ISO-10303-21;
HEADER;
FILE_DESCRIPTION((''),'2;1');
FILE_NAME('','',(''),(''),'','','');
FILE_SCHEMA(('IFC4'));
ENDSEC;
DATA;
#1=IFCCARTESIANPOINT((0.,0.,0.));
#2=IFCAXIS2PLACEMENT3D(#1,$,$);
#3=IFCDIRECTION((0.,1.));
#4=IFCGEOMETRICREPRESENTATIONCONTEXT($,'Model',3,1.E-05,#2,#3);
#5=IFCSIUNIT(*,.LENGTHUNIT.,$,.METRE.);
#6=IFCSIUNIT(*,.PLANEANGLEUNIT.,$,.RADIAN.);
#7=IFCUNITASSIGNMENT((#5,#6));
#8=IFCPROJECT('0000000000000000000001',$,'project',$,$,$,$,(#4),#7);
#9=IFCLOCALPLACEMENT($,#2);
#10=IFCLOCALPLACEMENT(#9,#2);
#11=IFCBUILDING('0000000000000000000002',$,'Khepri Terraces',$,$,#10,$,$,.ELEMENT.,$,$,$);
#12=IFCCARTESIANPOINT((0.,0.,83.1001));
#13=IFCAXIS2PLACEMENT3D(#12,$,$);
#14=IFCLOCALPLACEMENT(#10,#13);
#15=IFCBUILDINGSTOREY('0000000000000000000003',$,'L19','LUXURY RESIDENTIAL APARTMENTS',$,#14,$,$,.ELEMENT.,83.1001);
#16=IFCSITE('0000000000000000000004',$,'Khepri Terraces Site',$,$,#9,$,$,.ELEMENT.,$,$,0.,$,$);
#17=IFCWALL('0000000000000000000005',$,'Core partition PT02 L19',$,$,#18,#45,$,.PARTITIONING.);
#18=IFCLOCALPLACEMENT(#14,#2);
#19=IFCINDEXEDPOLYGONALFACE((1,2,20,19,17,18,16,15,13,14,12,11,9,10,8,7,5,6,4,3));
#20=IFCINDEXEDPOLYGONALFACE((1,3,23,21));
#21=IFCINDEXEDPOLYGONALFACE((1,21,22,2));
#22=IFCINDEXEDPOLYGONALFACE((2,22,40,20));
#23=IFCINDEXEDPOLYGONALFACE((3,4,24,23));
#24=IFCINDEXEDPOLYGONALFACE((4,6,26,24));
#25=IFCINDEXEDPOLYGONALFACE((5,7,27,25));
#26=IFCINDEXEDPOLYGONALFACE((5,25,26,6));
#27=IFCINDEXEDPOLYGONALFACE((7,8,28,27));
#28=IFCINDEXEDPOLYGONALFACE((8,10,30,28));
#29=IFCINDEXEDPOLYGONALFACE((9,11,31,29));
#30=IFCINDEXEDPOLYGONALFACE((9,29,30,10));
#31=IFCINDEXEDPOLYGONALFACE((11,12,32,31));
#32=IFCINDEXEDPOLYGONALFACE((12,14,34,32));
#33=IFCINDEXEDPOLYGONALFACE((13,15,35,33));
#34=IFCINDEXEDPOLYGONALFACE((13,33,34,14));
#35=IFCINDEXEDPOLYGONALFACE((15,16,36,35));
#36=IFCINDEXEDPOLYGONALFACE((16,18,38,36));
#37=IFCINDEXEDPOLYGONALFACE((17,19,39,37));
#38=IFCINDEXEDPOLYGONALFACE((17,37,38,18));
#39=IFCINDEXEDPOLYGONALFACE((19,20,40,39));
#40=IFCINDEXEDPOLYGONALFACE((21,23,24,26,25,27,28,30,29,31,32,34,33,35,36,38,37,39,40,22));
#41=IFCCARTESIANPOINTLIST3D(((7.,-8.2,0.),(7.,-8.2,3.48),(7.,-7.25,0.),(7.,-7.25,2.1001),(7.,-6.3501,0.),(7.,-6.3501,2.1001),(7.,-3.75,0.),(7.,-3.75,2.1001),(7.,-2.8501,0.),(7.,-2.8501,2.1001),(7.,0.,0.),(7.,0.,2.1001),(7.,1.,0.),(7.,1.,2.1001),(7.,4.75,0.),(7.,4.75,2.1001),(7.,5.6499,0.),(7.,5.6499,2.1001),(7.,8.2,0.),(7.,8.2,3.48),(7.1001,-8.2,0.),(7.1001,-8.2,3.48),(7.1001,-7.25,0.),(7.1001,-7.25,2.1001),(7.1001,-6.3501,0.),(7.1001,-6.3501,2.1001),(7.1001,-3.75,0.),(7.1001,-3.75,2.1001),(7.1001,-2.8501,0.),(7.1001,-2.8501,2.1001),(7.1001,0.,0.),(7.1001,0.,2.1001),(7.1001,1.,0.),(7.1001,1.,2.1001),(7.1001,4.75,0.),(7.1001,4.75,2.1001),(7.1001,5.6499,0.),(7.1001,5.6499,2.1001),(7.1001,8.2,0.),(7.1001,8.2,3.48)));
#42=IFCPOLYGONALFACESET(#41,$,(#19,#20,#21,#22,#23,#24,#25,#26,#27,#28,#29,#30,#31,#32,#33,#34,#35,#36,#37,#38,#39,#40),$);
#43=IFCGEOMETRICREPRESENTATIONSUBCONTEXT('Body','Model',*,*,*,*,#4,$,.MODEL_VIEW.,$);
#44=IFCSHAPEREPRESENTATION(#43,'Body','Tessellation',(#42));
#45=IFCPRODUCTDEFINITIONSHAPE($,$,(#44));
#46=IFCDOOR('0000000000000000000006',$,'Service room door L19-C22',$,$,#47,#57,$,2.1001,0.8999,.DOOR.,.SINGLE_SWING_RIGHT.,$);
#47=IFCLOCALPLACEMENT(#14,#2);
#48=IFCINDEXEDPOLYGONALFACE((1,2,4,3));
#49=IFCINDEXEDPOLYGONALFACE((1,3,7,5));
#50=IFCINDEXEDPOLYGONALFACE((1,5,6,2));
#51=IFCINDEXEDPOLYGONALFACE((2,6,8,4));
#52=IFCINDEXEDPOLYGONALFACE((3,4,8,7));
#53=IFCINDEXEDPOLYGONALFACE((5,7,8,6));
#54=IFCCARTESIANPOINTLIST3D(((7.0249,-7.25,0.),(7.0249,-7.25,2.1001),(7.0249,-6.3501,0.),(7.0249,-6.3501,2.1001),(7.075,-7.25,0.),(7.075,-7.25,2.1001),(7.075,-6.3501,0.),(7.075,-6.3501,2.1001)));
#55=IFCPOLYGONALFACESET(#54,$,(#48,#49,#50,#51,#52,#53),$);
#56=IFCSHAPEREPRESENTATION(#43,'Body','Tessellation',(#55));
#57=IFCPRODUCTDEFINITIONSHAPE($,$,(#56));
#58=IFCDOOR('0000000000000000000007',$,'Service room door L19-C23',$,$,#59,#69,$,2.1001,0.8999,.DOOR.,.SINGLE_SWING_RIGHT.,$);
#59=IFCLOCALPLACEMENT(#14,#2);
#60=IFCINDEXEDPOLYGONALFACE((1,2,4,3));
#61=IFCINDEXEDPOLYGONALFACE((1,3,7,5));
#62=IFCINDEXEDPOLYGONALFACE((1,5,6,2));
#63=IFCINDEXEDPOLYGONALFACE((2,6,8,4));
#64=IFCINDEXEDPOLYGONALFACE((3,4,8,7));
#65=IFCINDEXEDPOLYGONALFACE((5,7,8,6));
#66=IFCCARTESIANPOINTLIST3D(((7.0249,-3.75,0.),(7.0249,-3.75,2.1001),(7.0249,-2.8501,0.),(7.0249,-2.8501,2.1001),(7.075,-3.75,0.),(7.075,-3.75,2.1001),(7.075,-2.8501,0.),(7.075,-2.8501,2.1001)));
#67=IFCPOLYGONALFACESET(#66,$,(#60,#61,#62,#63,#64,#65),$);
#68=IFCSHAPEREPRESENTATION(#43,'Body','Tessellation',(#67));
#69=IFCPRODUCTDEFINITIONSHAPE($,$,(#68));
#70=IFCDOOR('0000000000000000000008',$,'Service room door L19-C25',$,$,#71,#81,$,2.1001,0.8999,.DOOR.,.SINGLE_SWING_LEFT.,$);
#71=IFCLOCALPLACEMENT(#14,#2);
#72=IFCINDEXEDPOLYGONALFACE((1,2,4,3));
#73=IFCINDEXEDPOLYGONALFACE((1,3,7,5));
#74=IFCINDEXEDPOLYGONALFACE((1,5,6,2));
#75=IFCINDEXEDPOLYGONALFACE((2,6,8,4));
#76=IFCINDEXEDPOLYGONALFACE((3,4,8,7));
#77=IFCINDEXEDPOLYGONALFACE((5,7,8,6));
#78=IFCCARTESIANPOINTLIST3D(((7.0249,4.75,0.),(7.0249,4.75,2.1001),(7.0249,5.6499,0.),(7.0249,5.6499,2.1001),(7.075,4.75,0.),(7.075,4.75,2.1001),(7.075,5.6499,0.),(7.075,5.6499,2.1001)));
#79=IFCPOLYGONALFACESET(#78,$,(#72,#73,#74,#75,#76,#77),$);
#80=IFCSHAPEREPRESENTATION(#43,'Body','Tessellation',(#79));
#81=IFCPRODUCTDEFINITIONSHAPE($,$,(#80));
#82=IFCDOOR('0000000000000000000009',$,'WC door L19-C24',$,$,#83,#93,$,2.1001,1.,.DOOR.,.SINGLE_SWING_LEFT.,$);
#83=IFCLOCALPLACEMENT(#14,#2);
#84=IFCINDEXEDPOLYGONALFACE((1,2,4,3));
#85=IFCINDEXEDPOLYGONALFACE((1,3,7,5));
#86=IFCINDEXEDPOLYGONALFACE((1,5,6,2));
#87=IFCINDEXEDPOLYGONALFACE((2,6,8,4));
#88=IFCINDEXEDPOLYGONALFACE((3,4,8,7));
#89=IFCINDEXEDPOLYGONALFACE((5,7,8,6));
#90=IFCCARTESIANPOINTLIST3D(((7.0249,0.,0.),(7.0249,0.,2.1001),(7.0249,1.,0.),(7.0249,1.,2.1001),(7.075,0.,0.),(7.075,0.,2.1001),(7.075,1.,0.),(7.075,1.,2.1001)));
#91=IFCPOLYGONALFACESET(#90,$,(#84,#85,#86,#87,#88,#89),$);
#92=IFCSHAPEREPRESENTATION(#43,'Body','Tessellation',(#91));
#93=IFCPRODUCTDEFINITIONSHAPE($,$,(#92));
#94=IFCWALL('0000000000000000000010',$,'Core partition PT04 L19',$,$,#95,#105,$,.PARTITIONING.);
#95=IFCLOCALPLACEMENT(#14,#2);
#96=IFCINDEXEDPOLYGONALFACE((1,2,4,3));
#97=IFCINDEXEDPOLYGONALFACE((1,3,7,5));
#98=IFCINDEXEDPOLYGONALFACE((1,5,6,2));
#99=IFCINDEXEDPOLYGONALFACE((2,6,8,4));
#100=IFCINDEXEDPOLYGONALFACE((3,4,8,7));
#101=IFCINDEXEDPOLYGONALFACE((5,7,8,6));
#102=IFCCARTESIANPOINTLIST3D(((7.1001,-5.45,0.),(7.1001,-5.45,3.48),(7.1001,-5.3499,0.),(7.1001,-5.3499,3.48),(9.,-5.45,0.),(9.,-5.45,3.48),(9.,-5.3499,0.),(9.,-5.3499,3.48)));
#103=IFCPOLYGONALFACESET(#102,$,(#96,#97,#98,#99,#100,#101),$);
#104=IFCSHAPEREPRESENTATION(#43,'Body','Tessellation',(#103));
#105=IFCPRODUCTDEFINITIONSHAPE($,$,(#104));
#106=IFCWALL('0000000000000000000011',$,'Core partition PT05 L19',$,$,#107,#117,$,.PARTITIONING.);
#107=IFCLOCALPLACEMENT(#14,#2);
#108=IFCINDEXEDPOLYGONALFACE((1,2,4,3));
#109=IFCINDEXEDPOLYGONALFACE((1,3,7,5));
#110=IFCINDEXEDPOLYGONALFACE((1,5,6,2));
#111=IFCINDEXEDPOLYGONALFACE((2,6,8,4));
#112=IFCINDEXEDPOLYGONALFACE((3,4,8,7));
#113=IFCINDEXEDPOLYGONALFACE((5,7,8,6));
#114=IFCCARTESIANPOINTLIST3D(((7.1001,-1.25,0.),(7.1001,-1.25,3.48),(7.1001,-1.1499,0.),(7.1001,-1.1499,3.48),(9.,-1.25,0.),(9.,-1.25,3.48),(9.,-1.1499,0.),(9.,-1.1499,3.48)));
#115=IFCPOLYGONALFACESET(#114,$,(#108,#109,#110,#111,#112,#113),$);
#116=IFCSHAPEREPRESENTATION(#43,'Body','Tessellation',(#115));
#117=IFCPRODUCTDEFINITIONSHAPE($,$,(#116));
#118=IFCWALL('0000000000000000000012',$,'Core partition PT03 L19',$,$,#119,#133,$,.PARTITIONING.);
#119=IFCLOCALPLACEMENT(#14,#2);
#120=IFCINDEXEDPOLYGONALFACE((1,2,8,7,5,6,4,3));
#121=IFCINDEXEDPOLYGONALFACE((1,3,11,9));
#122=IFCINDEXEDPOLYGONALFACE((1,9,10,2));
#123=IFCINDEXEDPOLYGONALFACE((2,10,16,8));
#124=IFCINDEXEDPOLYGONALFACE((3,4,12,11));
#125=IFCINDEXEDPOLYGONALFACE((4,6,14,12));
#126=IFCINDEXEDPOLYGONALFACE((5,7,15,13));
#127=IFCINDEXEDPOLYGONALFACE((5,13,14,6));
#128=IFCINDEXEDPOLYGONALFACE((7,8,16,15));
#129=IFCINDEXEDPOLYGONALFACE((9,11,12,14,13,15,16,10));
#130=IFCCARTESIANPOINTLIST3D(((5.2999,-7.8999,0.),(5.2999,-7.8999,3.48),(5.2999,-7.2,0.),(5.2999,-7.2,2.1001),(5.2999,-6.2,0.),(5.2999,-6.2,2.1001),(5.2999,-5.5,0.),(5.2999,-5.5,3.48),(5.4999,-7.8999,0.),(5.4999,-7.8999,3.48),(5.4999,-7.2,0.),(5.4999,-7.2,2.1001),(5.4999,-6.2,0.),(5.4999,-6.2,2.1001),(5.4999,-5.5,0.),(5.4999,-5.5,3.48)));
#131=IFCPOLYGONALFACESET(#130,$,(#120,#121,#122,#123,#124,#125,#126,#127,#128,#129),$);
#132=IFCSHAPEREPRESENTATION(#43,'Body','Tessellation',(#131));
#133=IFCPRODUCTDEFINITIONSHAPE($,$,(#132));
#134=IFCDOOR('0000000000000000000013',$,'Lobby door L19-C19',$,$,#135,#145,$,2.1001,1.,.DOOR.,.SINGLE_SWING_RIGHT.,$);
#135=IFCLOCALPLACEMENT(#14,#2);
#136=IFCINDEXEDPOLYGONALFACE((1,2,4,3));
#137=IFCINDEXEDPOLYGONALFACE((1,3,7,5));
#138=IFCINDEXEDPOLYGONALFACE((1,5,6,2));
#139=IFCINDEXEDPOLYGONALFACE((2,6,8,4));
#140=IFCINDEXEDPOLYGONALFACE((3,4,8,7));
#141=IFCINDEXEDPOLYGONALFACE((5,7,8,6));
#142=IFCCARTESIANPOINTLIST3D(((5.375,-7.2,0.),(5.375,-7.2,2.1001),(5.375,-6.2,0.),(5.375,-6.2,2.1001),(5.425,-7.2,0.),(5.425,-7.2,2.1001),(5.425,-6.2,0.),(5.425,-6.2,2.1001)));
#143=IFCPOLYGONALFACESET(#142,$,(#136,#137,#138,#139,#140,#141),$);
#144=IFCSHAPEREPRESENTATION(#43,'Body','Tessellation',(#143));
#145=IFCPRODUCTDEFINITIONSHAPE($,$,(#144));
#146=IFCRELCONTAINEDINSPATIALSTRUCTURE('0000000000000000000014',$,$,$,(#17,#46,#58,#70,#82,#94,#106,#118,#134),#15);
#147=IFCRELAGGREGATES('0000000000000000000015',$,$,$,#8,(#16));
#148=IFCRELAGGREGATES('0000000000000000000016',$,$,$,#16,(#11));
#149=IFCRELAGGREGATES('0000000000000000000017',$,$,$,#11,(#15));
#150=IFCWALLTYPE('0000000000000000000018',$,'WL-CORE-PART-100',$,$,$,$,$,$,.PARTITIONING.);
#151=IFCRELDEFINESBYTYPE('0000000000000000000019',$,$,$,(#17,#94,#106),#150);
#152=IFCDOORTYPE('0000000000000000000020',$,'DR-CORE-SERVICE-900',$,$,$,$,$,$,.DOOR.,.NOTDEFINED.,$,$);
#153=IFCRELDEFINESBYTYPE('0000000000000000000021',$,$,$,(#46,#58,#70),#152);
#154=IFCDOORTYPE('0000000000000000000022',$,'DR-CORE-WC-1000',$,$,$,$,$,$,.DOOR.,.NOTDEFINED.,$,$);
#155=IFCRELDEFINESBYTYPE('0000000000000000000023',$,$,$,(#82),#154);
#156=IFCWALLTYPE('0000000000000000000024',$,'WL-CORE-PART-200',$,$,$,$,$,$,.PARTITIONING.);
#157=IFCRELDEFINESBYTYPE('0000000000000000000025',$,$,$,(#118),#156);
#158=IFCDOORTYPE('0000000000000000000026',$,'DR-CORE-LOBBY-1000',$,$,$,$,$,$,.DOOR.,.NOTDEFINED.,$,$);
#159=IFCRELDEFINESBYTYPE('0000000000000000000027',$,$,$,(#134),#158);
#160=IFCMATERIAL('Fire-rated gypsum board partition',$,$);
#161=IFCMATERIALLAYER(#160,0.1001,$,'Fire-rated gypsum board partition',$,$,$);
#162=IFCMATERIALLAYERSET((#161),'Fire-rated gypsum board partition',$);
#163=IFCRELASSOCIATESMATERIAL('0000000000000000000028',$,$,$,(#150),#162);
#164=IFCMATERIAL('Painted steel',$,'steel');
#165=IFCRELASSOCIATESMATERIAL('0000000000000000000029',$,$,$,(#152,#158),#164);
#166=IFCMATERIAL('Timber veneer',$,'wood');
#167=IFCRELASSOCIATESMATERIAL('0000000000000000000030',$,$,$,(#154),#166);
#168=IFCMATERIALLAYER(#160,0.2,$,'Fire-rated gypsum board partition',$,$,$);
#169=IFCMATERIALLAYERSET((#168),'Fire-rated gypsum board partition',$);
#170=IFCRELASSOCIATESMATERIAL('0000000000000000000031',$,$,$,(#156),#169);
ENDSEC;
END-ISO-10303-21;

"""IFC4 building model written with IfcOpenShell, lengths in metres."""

from ifc_helpers import new_model, si_unit, direction, frame, frame_2d, origin, place, context, subcontext, project, spatial, rectangle, extrude, material, layer, layer_set, type_object, element, fill, save


model = new_model("IFC4")

# Units and contexts
model_context = context("Model", 3, precision=1e-05, world=origin(), true_north=direction((0.0, 1.0)))
body_context = subcontext(model_context, "Body", "Model", "MODEL_VIEW")
ifc_project = project(units=[si_unit("LENGTHUNIT", "METRE"), si_unit("PLANEANGLEUNIT", "RADIAN")], contexts=[model_context])

# Site, building, storey
site_placement = place(None, origin())
site = spatial("IfcSite", under=ifc_project, at=site_placement, Name="Khepri Terraces Site", CompositionType="ELEMENT", RefElevation=0.0)
building_placement = place(site_placement, origin())
building = spatial("IfcBuilding", under=site, at=building_placement, Name="Khepri Terraces", CompositionType="ELEMENT")
storey_placement = place(building_placement, frame((0.0, 0.0, 83.1001)))
storey = spatial("IfcBuildingStorey", under=building, at=storey_placement, Name="L19", Description="LUXURY RESIDENTIAL APARTMENTS", CompositionType="ELEMENT", Elevation=83.1001)

# Shared definitions
ifc_material_1 = material(Name="Painted steel", Category="steel")

# Wall, openings, doors
ifc_material_2 = material(Name="Fire-rated gypsum board partition")
ifc_layer_1 = layer(ifc_material_2, 0.1001, Name="Fire-rated gypsum board partition")
ifc_layer_set_1 = layer_set([ifc_layer_1], Name="Fire-rated gypsum board partition")
wall_type_1 = type_object("IfcWallType", Name="WL-CORE-PART-100", PredefinedType="PARTITIONING", material=ifc_layer_set_1)
wall_1_placement = place(storey_placement, frame((7.05, -8.2, 0.0), z_axis=(0.0, 0.0, 1.0), x_axis=(0.0, 1.0, 0.0)))
wall_1 = element("IfcWall", 1, at=wall_1_placement, inside=storey, type_object=wall_type_1, Name="Core partition PT02 L19", PredefinedType="PARTITIONING", context=body_context, shape_type="SweptSolid", body=[
    extrude(rectangle(XDim=16.3999, YDim=0.1001, at=frame_2d((8.2, 0.0))), origin(), (0.0, 0.0, 1.0), 3.48),
])
opening_1_placement = place(wall_1_placement, frame((0.95, 0.0, 0.0)))
opening_1 = element("IfcOpeningElement", 2, at=opening_1_placement, cuts=wall_1, PredefinedType="OPENING", context=body_context, shape_type="SweptSolid", body=[
    extrude(rectangle(XDim=0.8999, YDim=2.1001, at=frame_2d((0.45, 1.05))), frame((0.0, 0.0601, 0.0), z_axis=(0.0, -1.0, 0.0), x_axis=(1.0, 0.0, 0.0)), (0.0, 0.0, 1.0), 0.1201),
])
opening_2_placement = place(wall_1_placement, frame((4.45, 0.0, 0.0)))
opening_2 = element("IfcOpeningElement", 3, at=opening_2_placement, cuts=wall_1, PredefinedType="OPENING", context=body_context, shape_type="SweptSolid", body=[
    extrude(rectangle(XDim=0.8999, YDim=2.1001, at=frame_2d((0.45, 1.05))), frame((0.0, 0.0601, 0.0), z_axis=(0.0, -1.0, 0.0), x_axis=(1.0, 0.0, 0.0)), (0.0, 0.0, 1.0), 0.1201),
])
opening_3_placement = place(wall_1_placement, frame((8.2, 0.0, 0.0)))
opening_3 = element("IfcOpeningElement", 4, at=opening_3_placement, cuts=wall_1, PredefinedType="OPENING", context=body_context, shape_type="SweptSolid", body=[
    extrude(rectangle(XDim=1.0, YDim=2.1001, at=frame_2d((0.5, 1.05))), frame((0.0, 0.0601, 0.0), z_axis=(0.0, -1.0, 0.0), x_axis=(1.0, 0.0, 0.0)), (0.0, 0.0, 1.0), 0.1201),
])
opening_4_placement = place(wall_1_placement, frame((12.95, 0.0, 0.0)))
opening_4 = element("IfcOpeningElement", 5, at=opening_4_placement, cuts=wall_1, PredefinedType="OPENING", context=body_context, shape_type="SweptSolid", body=[
    extrude(rectangle(XDim=0.8999, YDim=2.1001, at=frame_2d((0.45, 1.05))), frame((0.0, 0.0601, 0.0), z_axis=(0.0, -1.0, 0.0), x_axis=(1.0, 0.0, 0.0)), (0.0, 0.0, 1.0), 0.1201),
])
door_type_1 = type_object("IfcDoorType", Name="DR-CORE-SERVICE-900", OperationType="NOTDEFINED", PredefinedType="DOOR", material=ifc_material_1)
door_1_placement = place(opening_1_placement, frame((0.8999, 0.0, 0.0), z_axis=(0.0, 0.0, 1.0), x_axis=(-1.0, 0.0, 0.0)))
door_1 = element("IfcDoor", 6, at=door_1_placement, inside=storey, type_object=door_type_1, Name="Service room door L19-C22", OperationType="SINGLE_SWING_RIGHT", OverallHeight=2.1001, OverallWidth=0.8999, PredefinedType="DOOR", context=body_context, shape_type="SweptSolid", body=[
    extrude(rectangle(XDim=0.8999, YDim=2.1001, at=frame_2d((0.45, 1.05))), frame((0.0, 0.0249, 0.0), z_axis=(0.0, -1.0, 0.0), x_axis=(1.0, 0.0, 0.0)), (0.0, 0.0, 1.0), 0.05),
])
fill(opening_1, door_1)
door_2_placement = place(opening_2_placement, frame((0.8999, 0.0, 0.0), z_axis=(0.0, 0.0, 1.0), x_axis=(-1.0, 0.0, 0.0)))
door_2 = element("IfcDoor", 7, at=door_2_placement, inside=storey, type_object=door_type_1, Name="Service room door L19-C23", OperationType="SINGLE_SWING_RIGHT", OverallHeight=2.1001, OverallWidth=0.8999, PredefinedType="DOOR", context=body_context, shape_type="SweptSolid", body=[
    extrude(rectangle(XDim=0.8999, YDim=2.1001, at=frame_2d((0.45, 1.05))), frame((0.0, 0.0249, 0.0), z_axis=(0.0, -1.0, 0.0), x_axis=(1.0, 0.0, 0.0)), (0.0, 0.0, 1.0), 0.05),
])
fill(opening_2, door_2)
door_3_placement = place(opening_4_placement, frame((0.8999, 0.0, 0.0), z_axis=(0.0, 0.0, 1.0), x_axis=(-1.0, 0.0, 0.0)))
door_3 = element("IfcDoor", 8, at=door_3_placement, inside=storey, type_object=door_type_1, Name="Service room door L19-C25", OperationType="SINGLE_SWING_LEFT", OverallHeight=2.1001, OverallWidth=0.8999, PredefinedType="DOOR", context=body_context, shape_type="SweptSolid", body=[
    extrude(rectangle(XDim=0.8999, YDim=2.1001, at=frame_2d((0.45, 1.05))), frame((0.0, 0.0249, 0.0), z_axis=(0.0, -1.0, 0.0), x_axis=(1.0, 0.0, 0.0)), (0.0, 0.0, 1.0), 0.05),
])
fill(opening_4, door_3)
ifc_material_3 = material(Name="Timber veneer", Category="wood")
door_type_2 = type_object("IfcDoorType", Name="DR-CORE-WC-1000", OperationType="NOTDEFINED", PredefinedType="DOOR", material=ifc_material_3)
door_4_placement = place(opening_3_placement, frame((1.0, 0.0, 0.0), z_axis=(0.0, 0.0, 1.0), x_axis=(-1.0, 0.0, 0.0)))
door_4 = element("IfcDoor", 9, at=door_4_placement, inside=storey, type_object=door_type_2, Name="WC door L19-C24", OperationType="SINGLE_SWING_LEFT", OverallHeight=2.1001, OverallWidth=1.0, PredefinedType="DOOR", context=body_context, shape_type="SweptSolid", body=[
    extrude(rectangle(XDim=1.0, YDim=2.1001, at=frame_2d((0.5, 1.05))), frame((0.0, 0.0249, 0.0), z_axis=(0.0, -1.0, 0.0), x_axis=(1.0, 0.0, 0.0)), (0.0, 0.0, 1.0), 0.05),
])
fill(opening_3, door_4)

# Walls
for number, where, z_axis, x_axis, name in (
    (10, (7.1001, -5.3999, 0.0), (0.0, 0.0, 1.0), (1.0, 0.0, 0.0), "Core partition PT04 L19"),
    (11, (7.1001, -1.2, 0.0), (0.0, 0.0, 1.0), (1.0, 0.0, 0.0), "Core partition PT05 L19"),
):
    element("IfcWall", number, at=place(storey_placement, frame(where, z_axis=z_axis, x_axis=x_axis)), inside=storey, type_object=wall_type_1, Name=name, PredefinedType="PARTITIONING", context=body_context, shape_type="SweptSolid", body=[
        extrude(rectangle(XDim=1.8999, YDim=0.1001, at=frame_2d((0.95, 0.0))), origin(), (0.0, 0.0, 1.0), 3.48),
    ])

# Wall, opening, door
ifc_layer_2 = layer(ifc_material_2, 0.2, Name="Fire-rated gypsum board partition")
ifc_layer_set_2 = layer_set([ifc_layer_2], Name="Fire-rated gypsum board partition")
wall_type_2 = type_object("IfcWallType", Name="WL-CORE-PART-200", PredefinedType="PARTITIONING", material=ifc_layer_set_2)
wall_2_placement = place(storey_placement, frame((5.3999, -7.8999, 0.0), z_axis=(0.0, 0.0, 1.0), x_axis=(0.0, 1.0, 0.0)))
wall_2 = element("IfcWall", 12, at=wall_2_placement, inside=storey, type_object=wall_type_2, Name="Core partition PT03 L19", PredefinedType="PARTITIONING", context=body_context, shape_type="SweptSolid", body=[
    extrude(rectangle(XDim=2.3999, YDim=0.2, at=frame_2d((1.2, 0.0))), origin(), (0.0, 0.0, 1.0), 3.48),
])
opening_5_placement = place(wall_2_placement, frame((0.7, 0.0, 0.0)))
opening_5 = element("IfcOpeningElement", 13, at=opening_5_placement, cuts=wall_2, PredefinedType="OPENING", context=body_context, shape_type="SweptSolid", body=[
    extrude(rectangle(XDim=1.0, YDim=2.1001, at=frame_2d((0.5, 1.05))), frame((0.0, 0.1099, 0.0), z_axis=(0.0, -1.0, 0.0), x_axis=(1.0, 0.0, 0.0)), (0.0, 0.0, 1.0), 0.22),
])
door_type_3 = type_object("IfcDoorType", Name="DR-CORE-LOBBY-1000", OperationType="NOTDEFINED", PredefinedType="DOOR", material=ifc_material_1)
door_5_placement = place(opening_5_placement, origin())
door_5 = element("IfcDoor", 14, at=door_5_placement, inside=storey, type_object=door_type_3, Name="Lobby door L19-C19", OperationType="SINGLE_SWING_RIGHT", OverallHeight=2.1001, OverallWidth=1.0, PredefinedType="DOOR", context=body_context, shape_type="SweptSolid", body=[
    extrude(rectangle(XDim=1.0, YDim=2.1001, at=frame_2d((0.5, 1.05))), frame((0.0, 0.0249, 0.0), z_axis=(0.0, -1.0, 0.0), x_axis=(1.0, 0.0, 0.0)), (0.0, 0.0, 1.0), 0.05),
])
fill(opening_5, door_5)

save(model, "model.ifc")
